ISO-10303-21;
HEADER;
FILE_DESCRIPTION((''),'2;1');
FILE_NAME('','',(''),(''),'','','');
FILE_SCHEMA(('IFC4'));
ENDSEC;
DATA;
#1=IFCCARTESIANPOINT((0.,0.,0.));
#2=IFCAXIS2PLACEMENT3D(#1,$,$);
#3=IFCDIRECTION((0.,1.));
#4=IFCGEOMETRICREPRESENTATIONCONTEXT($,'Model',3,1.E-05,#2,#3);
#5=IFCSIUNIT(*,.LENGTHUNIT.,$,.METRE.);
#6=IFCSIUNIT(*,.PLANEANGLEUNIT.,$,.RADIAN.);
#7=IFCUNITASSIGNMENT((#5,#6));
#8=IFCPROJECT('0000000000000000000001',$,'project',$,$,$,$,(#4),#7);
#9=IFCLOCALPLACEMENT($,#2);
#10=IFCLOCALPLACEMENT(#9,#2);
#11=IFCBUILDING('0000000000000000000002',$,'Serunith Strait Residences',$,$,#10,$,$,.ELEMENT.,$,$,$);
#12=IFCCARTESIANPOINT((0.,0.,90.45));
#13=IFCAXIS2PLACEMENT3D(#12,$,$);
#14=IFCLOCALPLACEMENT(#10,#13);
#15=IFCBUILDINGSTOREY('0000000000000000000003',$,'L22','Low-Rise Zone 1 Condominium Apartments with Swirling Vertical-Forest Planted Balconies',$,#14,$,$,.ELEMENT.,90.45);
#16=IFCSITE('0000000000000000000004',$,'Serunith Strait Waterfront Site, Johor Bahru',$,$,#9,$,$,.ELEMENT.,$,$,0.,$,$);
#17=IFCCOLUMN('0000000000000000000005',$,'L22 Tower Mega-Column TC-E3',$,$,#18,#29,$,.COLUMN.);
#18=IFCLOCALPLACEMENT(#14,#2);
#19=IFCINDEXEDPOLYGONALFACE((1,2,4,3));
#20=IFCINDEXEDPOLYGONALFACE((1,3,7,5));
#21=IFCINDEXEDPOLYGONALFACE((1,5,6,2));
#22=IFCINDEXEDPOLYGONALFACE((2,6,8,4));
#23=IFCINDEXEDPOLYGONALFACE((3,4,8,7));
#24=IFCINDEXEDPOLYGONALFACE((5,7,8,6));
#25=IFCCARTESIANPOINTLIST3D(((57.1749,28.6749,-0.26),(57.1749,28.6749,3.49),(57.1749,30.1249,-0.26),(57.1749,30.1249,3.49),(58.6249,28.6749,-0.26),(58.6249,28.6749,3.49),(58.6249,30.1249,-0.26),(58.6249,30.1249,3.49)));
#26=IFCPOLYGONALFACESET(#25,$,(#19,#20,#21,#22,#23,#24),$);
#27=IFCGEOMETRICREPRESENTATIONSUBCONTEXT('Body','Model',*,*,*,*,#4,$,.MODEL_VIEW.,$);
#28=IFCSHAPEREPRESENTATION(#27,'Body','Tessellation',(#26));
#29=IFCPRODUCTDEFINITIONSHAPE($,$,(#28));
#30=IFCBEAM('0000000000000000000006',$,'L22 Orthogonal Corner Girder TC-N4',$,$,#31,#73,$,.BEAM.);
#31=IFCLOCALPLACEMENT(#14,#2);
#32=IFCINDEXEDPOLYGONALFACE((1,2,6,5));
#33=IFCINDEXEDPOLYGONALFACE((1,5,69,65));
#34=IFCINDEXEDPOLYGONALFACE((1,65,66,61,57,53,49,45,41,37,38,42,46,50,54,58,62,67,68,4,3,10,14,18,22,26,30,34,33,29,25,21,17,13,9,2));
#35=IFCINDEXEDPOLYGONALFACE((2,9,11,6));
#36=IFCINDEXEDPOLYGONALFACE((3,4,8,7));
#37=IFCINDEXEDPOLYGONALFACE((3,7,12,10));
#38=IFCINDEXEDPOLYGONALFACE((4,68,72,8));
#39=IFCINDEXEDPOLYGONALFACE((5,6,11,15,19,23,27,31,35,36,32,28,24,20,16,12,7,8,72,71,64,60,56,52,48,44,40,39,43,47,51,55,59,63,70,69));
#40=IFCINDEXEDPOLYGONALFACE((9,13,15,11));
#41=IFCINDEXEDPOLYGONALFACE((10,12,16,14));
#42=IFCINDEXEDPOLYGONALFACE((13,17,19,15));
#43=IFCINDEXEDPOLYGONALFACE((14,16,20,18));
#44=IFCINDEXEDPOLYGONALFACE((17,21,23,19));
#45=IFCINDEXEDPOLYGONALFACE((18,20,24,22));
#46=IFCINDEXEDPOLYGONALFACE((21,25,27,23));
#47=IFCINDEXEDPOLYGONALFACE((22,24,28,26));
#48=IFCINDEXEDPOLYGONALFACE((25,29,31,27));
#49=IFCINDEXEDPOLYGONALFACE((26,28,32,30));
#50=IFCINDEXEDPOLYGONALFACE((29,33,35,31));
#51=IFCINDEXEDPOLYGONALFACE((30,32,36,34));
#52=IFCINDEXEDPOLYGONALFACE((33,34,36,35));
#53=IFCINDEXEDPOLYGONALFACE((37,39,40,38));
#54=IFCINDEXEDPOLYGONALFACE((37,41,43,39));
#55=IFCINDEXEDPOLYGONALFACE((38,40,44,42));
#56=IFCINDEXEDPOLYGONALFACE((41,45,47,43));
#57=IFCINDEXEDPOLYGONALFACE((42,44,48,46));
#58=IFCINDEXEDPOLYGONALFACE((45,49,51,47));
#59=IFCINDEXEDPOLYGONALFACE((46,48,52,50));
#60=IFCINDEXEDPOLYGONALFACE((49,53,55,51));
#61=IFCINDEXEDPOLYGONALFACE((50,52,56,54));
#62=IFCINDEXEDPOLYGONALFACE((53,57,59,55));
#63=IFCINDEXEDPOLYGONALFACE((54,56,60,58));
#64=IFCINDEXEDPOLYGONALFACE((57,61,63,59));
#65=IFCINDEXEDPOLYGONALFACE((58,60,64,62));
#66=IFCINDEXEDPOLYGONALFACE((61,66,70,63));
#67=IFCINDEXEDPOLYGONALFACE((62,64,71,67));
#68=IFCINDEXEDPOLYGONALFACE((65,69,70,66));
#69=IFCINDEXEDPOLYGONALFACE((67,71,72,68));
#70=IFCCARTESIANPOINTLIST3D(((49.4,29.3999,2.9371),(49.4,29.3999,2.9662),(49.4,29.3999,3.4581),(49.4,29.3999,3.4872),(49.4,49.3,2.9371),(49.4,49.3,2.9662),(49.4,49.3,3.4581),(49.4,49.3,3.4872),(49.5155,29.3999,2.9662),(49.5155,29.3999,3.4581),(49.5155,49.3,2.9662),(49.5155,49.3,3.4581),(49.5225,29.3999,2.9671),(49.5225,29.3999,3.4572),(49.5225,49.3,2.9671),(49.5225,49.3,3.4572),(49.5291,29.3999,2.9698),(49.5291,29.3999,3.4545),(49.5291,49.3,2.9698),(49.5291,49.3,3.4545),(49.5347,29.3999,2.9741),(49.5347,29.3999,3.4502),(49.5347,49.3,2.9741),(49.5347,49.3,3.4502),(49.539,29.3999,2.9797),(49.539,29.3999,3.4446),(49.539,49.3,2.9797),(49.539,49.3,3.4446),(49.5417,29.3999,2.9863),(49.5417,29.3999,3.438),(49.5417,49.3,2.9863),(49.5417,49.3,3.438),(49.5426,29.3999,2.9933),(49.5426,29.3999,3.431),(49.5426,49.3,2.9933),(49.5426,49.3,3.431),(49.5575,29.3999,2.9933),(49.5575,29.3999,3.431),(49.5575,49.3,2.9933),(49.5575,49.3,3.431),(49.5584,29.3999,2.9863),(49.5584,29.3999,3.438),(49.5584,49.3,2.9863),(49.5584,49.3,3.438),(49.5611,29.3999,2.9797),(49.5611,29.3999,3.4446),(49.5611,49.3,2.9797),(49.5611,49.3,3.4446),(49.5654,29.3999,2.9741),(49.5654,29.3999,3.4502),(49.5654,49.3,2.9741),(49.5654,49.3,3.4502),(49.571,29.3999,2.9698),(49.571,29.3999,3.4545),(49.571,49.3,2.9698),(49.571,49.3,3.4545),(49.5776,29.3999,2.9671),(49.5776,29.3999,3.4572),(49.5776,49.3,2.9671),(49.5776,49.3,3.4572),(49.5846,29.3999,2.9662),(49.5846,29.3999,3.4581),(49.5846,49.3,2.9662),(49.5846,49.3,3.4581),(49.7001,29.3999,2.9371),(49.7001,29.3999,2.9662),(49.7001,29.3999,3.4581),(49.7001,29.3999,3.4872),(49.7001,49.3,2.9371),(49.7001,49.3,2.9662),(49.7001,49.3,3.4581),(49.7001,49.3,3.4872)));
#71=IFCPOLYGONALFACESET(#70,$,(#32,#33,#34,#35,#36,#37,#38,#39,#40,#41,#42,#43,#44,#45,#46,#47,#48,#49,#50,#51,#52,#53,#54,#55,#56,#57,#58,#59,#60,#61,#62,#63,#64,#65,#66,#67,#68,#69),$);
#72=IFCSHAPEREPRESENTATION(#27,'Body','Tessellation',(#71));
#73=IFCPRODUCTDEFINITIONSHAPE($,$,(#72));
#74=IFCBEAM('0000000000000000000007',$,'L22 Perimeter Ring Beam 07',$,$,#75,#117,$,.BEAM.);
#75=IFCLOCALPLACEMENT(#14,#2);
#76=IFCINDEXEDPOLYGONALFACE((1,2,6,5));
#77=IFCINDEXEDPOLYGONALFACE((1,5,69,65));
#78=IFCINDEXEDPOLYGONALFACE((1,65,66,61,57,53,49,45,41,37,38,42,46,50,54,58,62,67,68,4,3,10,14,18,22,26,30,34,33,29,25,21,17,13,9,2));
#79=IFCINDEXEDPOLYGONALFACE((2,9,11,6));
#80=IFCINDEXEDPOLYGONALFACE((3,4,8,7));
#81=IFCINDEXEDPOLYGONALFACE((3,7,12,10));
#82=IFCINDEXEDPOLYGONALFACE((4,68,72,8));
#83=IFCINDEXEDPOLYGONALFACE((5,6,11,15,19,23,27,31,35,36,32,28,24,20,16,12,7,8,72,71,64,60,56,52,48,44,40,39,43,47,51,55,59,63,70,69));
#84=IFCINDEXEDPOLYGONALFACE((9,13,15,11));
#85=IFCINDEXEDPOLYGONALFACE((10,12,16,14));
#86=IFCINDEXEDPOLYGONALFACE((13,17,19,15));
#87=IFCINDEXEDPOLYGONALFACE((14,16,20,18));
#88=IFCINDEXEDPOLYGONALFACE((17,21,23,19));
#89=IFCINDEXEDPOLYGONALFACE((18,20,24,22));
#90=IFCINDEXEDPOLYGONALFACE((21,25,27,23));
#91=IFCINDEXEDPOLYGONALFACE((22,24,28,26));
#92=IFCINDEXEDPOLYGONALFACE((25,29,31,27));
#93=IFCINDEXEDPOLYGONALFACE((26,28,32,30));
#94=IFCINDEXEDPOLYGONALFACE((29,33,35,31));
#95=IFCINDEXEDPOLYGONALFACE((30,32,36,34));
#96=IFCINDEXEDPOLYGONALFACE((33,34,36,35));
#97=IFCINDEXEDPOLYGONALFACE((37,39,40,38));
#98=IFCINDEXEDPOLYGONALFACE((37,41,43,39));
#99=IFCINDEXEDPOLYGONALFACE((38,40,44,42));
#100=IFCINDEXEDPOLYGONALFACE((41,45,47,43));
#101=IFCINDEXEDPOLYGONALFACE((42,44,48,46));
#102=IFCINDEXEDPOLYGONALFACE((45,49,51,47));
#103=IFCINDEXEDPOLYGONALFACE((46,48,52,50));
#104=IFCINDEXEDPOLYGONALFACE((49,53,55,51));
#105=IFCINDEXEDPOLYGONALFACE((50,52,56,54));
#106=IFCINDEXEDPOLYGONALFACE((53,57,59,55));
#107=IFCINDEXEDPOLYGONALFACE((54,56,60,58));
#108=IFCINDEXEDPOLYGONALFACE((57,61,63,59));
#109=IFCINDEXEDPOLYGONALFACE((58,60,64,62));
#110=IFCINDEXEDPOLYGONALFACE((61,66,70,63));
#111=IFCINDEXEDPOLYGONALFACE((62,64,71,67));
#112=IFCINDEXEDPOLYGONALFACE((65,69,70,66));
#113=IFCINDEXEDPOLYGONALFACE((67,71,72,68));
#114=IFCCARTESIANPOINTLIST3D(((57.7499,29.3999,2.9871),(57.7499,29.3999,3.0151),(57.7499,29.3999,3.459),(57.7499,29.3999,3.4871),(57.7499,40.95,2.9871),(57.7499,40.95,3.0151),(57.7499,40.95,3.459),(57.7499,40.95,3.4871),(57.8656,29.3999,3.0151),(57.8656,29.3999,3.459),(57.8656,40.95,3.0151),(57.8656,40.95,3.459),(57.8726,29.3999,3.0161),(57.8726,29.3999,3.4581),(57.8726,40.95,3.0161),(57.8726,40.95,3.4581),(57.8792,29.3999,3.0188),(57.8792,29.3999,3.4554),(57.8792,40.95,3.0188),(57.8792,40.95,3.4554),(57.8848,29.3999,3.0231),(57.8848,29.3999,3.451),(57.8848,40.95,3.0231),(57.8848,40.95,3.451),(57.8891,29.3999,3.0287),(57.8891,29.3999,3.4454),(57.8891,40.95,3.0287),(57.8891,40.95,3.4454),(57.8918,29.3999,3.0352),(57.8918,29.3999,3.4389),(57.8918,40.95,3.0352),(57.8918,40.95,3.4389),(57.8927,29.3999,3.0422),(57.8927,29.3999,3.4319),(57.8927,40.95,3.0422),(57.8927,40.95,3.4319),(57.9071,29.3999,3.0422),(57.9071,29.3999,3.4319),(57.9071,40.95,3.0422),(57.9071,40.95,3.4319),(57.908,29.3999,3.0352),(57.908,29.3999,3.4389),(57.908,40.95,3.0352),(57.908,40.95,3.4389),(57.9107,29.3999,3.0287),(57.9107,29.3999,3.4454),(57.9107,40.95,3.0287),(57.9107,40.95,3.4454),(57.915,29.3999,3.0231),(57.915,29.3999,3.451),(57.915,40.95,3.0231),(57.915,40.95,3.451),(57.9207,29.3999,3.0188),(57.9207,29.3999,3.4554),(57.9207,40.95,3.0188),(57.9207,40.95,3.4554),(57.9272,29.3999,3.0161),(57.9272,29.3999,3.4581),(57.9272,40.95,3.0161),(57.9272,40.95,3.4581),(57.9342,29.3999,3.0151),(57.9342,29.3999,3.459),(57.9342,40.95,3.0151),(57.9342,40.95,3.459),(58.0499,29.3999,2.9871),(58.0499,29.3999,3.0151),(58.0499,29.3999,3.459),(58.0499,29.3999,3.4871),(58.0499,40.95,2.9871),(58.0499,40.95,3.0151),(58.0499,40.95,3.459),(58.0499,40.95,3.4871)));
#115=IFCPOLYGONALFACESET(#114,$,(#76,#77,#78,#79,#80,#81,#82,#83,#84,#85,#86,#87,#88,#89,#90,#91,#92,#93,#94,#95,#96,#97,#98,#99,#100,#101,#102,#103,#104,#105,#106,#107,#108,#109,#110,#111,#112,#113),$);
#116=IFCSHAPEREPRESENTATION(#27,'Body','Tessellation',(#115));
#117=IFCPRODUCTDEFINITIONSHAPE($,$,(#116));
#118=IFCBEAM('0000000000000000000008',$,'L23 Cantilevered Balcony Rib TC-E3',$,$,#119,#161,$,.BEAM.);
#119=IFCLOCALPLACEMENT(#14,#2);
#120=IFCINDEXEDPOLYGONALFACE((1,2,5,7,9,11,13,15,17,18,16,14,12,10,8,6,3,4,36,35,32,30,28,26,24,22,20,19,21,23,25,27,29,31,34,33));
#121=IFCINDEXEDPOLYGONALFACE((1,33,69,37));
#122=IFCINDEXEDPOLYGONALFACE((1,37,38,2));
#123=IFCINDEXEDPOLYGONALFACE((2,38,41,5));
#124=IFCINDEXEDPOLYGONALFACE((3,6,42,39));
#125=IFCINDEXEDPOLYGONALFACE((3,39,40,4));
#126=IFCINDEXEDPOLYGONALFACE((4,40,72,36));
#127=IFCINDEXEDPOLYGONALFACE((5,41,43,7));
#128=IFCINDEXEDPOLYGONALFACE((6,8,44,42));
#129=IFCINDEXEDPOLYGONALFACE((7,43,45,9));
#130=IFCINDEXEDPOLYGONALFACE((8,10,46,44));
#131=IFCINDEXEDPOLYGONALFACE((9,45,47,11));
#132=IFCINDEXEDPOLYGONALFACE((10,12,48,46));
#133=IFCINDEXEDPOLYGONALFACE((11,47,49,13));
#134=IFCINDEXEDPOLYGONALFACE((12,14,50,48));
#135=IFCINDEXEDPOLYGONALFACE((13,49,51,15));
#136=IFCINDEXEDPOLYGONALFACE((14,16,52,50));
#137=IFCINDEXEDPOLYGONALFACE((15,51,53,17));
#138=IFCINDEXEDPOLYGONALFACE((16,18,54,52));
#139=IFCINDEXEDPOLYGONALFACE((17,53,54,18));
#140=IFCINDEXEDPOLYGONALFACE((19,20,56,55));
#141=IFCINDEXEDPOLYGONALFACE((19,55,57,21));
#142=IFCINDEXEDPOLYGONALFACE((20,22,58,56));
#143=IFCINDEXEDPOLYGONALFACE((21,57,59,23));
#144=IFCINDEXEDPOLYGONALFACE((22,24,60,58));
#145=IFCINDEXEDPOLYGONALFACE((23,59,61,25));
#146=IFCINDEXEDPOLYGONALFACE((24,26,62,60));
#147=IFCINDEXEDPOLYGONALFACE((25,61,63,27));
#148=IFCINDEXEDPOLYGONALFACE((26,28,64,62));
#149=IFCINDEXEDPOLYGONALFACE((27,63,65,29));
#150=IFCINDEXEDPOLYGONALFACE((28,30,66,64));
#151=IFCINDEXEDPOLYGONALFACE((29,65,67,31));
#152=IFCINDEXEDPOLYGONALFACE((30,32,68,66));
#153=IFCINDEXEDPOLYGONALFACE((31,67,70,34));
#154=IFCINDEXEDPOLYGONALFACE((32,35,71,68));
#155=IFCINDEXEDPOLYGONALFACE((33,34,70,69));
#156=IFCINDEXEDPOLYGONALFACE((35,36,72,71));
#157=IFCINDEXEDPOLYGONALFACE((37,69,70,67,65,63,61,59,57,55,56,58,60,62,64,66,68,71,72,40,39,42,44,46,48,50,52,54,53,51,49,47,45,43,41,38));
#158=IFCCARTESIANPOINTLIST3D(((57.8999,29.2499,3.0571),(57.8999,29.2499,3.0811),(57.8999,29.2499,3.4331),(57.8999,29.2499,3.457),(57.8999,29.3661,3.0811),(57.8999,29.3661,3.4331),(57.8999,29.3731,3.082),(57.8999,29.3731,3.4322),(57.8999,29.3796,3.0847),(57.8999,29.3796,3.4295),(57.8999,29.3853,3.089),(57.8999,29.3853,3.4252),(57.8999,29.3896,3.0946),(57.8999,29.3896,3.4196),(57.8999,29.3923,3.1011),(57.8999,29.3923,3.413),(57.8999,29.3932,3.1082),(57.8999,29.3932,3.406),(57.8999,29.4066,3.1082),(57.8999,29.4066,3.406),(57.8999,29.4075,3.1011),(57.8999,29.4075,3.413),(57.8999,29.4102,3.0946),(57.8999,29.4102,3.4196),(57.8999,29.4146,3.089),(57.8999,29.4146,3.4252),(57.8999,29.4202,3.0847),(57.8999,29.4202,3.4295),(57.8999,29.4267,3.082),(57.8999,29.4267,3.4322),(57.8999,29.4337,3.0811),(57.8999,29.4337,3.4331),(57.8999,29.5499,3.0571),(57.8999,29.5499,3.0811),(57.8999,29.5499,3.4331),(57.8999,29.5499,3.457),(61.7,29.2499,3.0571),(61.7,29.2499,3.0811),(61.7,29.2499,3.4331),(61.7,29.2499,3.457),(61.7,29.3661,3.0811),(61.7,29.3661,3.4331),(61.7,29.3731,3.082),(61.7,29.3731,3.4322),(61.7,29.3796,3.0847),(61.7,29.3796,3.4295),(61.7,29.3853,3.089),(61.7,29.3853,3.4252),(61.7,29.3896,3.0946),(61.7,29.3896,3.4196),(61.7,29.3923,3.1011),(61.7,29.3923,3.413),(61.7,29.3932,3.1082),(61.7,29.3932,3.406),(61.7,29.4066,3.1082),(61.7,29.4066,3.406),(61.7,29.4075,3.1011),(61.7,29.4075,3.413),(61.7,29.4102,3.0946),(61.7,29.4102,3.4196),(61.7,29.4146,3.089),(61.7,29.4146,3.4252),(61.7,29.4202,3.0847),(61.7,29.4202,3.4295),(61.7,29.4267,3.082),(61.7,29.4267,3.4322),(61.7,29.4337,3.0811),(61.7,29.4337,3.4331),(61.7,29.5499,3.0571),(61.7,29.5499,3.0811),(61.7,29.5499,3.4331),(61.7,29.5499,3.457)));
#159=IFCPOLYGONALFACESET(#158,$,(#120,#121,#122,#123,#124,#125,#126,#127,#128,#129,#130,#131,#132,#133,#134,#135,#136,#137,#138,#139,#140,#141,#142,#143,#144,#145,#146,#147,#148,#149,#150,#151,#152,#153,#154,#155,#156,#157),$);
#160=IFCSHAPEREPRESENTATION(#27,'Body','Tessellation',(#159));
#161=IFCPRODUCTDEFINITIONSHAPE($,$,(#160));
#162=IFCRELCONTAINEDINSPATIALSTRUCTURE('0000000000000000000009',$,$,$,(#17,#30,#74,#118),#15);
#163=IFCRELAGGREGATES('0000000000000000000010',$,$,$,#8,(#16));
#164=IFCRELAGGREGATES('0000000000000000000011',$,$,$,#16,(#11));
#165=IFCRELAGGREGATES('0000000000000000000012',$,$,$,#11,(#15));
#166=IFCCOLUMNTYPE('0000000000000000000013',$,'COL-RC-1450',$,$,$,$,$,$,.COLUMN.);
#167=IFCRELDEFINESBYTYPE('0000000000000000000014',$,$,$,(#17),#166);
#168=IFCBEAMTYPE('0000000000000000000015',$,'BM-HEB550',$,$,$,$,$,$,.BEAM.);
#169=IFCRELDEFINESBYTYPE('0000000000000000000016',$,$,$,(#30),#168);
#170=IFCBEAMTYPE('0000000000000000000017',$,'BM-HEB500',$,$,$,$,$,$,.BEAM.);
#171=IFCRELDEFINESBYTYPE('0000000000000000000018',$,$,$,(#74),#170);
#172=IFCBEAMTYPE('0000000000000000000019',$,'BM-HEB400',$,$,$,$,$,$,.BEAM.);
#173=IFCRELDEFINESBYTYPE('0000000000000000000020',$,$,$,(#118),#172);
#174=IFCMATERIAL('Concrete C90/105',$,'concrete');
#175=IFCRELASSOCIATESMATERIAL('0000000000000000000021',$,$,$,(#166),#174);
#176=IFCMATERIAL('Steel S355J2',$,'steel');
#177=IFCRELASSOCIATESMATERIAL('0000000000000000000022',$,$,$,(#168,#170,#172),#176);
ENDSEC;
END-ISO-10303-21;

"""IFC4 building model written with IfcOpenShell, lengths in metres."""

from ifc_helpers import new_model, si_unit, direction, frame, origin, origin_2d, place, context, subcontext, project, spatial, rectangle, i_section, extrude, source, transform, mapped, material, material_profile, profile_set, type_object, element, save


model = new_model("IFC4")

# Units and contexts
model_context = context("Model", 3, precision=1e-05, world=origin(), true_north=direction((0.0, 1.0)))
body_context = subcontext(model_context, "Body", "Model", "MODEL_VIEW")
ifc_project = project(units=[si_unit("LENGTHUNIT", "METRE"), si_unit("PLANEANGLEUNIT", "RADIAN")], contexts=[model_context])

# Site, building, storey
site_placement = place(None, origin())
site = spatial("IfcSite", under=ifc_project, at=site_placement, Name="Serunith Strait Waterfront Site, Johor Bahru", CompositionType="ELEMENT", RefElevation=0.0)
building_placement = place(site_placement, origin())
building = spatial("IfcBuilding", under=site, at=building_placement, Name="Serunith Strait Residences", CompositionType="ELEMENT")
storey_placement = place(building_placement, frame((0.0, 0.0, 90.45)))
storey = spatial("IfcBuildingStorey", under=building, at=storey_placement, Name="L22", Description="Low-Rise Zone 1 Condominium Apartments with Swirling Vertical-Forest Planted Balconies", CompositionType="ELEMENT", Elevation=90.45)

# Column
ifc_material_1 = material(Name="Concrete C90/105", Category="concrete")
ifc_material_profile_1 = material_profile(ifc_material_1, rectangle(XDim=1.45, YDim=1.45, at=origin_2d()), Name="RC 1450x1450")
ifc_profile_set_1 = profile_set([ifc_material_profile_1], Name="Concrete C90/105")
column_type = type_object("IfcColumnType", Name="COL-RC-1450", PredefinedType="COLUMN", material=ifc_profile_set_1)
shared_shape_1 = source(origin(), body_context, "Body", "SweptSolid", [
    extrude(rectangle(XDim=1.45, YDim=1.45, at=origin_2d()), origin(), (0.0, 0.0, 1.0), 3.75),
])
column_placement = place(storey_placement, frame((57.8999, 29.3999, -0.26), z_axis=(0.0, 0.0, 1.0), x_axis=(1.0, 0.0, 0.0)))
element("IfcColumn", 1, at=column_placement, inside=storey, type_object=column_type, Name="L22 Tower Mega-Column TC-E3", PredefinedType="COLUMN", context=body_context, shape_type="MappedRepresentation", body=[
    mapped(shared_shape_1, transform((0.0, 0.0, 0.0), scale=1.0)),
])

# Beams
ifc_material_2 = material(Name="Steel S355J2", Category="steel")
ifc_material_profile_2 = material_profile(ifc_material_2, i_section(OverallWidth=0.3, OverallDepth=0.55, WebThickness=0.0149, FlangeThickness=0.0291, FilletRadius=0.0271, at=origin_2d()), Name="HEB 550")
ifc_profile_set_2 = profile_set([ifc_material_profile_2], Name="Steel S355J2")
beam_type_1 = type_object("IfcBeamType", Name="BM-HEB550", PredefinedType="BEAM", material=ifc_profile_set_2)
shared_shape_2 = source(origin(), body_context, "Body", "SweptSolid", [
    extrude(i_section(OverallWidth=0.3, OverallDepth=0.55, WebThickness=0.0149, FlangeThickness=0.0291, FilletRadius=0.0271, at=origin_2d()), origin(), (0.0, 0.0, 1.0), 19.9001),
])
beam_1_placement = place(storey_placement, frame((49.55, 29.3999, 3.2122), z_axis=(0.0, 1.0, 0.0), x_axis=(-1.0, 0.0, 0.0)))
element("IfcBeam", 2, at=beam_1_placement, inside=storey, type_object=beam_type_1, Name="L22 Orthogonal Corner Girder TC-N4", PredefinedType="BEAM", context=body_context, shape_type="MappedRepresentation", body=[
    mapped(shared_shape_2, transform((0.0, 0.0, 0.0), scale=1.0)),
])
ifc_material_profile_3 = material_profile(ifc_material_2, i_section(OverallWidth=0.3, OverallDepth=0.5, WebThickness=0.0144, FlangeThickness=0.0281, FilletRadius=0.0271, at=origin_2d()), Name="HEB 500")
ifc_profile_set_3 = profile_set([ifc_material_profile_3], Name="Steel S355J2")
beam_type_2 = type_object("IfcBeamType", Name="BM-HEB500", PredefinedType="BEAM", material=ifc_profile_set_3)
shared_shape_3 = source(origin(), body_context, "Body", "SweptSolid", [
    extrude(i_section(OverallWidth=0.3, OverallDepth=0.5, WebThickness=0.0144, FlangeThickness=0.0281, FilletRadius=0.0271, at=origin_2d()), origin(), (0.0, 0.0, 1.0), 11.55),
])
beam_2_placement = place(storey_placement, frame((57.8999, 29.3999, 3.2371), z_axis=(0.0, 1.0, 0.0), x_axis=(-1.0, 0.0, 0.0)))
element("IfcBeam", 3, at=beam_2_placement, inside=storey, type_object=beam_type_2, Name="L22 Perimeter Ring Beam 07", PredefinedType="BEAM", context=body_context, shape_type="MappedRepresentation", body=[
    mapped(shared_shape_3, transform((0.0, 0.0, 0.0), scale=1.0)),
])
ifc_material_profile_4 = material_profile(ifc_material_2, i_section(OverallWidth=0.3, OverallDepth=0.3999, WebThickness=0.0134, FlangeThickness=0.0239, FilletRadius=0.0271, at=origin_2d()), Name="HEB 400")
ifc_profile_set_4 = profile_set([ifc_material_profile_4], Name="Steel S355J2")
beam_type_3 = type_object("IfcBeamType", Name="BM-HEB400", PredefinedType="BEAM", material=ifc_profile_set_4)
shared_shape_4 = source(origin(), body_context, "Body", "SweptSolid", [
    extrude(i_section(OverallWidth=0.3, OverallDepth=0.3999, WebThickness=0.0134, FlangeThickness=0.0239, FilletRadius=0.0271, at=origin_2d()), origin(), (0.0, 0.0, 1.0), 3.8),
])
beam_3_placement = place(storey_placement, frame((57.8999, 29.3999, 3.2571), z_axis=(1.0, 0.0, 0.0), x_axis=(0.0, 1.0, 0.0)))
element("IfcBeam", 4, at=beam_3_placement, inside=storey, type_object=beam_type_3, Name="L23 Cantilevered Balcony Rib TC-E3", PredefinedType="BEAM", context=body_context, shape_type="MappedRepresentation", body=[
    mapped(shared_shape_4, transform((0.0, 0.0, 0.0), scale=1.0)),
])

save(model, "model.ifc")
